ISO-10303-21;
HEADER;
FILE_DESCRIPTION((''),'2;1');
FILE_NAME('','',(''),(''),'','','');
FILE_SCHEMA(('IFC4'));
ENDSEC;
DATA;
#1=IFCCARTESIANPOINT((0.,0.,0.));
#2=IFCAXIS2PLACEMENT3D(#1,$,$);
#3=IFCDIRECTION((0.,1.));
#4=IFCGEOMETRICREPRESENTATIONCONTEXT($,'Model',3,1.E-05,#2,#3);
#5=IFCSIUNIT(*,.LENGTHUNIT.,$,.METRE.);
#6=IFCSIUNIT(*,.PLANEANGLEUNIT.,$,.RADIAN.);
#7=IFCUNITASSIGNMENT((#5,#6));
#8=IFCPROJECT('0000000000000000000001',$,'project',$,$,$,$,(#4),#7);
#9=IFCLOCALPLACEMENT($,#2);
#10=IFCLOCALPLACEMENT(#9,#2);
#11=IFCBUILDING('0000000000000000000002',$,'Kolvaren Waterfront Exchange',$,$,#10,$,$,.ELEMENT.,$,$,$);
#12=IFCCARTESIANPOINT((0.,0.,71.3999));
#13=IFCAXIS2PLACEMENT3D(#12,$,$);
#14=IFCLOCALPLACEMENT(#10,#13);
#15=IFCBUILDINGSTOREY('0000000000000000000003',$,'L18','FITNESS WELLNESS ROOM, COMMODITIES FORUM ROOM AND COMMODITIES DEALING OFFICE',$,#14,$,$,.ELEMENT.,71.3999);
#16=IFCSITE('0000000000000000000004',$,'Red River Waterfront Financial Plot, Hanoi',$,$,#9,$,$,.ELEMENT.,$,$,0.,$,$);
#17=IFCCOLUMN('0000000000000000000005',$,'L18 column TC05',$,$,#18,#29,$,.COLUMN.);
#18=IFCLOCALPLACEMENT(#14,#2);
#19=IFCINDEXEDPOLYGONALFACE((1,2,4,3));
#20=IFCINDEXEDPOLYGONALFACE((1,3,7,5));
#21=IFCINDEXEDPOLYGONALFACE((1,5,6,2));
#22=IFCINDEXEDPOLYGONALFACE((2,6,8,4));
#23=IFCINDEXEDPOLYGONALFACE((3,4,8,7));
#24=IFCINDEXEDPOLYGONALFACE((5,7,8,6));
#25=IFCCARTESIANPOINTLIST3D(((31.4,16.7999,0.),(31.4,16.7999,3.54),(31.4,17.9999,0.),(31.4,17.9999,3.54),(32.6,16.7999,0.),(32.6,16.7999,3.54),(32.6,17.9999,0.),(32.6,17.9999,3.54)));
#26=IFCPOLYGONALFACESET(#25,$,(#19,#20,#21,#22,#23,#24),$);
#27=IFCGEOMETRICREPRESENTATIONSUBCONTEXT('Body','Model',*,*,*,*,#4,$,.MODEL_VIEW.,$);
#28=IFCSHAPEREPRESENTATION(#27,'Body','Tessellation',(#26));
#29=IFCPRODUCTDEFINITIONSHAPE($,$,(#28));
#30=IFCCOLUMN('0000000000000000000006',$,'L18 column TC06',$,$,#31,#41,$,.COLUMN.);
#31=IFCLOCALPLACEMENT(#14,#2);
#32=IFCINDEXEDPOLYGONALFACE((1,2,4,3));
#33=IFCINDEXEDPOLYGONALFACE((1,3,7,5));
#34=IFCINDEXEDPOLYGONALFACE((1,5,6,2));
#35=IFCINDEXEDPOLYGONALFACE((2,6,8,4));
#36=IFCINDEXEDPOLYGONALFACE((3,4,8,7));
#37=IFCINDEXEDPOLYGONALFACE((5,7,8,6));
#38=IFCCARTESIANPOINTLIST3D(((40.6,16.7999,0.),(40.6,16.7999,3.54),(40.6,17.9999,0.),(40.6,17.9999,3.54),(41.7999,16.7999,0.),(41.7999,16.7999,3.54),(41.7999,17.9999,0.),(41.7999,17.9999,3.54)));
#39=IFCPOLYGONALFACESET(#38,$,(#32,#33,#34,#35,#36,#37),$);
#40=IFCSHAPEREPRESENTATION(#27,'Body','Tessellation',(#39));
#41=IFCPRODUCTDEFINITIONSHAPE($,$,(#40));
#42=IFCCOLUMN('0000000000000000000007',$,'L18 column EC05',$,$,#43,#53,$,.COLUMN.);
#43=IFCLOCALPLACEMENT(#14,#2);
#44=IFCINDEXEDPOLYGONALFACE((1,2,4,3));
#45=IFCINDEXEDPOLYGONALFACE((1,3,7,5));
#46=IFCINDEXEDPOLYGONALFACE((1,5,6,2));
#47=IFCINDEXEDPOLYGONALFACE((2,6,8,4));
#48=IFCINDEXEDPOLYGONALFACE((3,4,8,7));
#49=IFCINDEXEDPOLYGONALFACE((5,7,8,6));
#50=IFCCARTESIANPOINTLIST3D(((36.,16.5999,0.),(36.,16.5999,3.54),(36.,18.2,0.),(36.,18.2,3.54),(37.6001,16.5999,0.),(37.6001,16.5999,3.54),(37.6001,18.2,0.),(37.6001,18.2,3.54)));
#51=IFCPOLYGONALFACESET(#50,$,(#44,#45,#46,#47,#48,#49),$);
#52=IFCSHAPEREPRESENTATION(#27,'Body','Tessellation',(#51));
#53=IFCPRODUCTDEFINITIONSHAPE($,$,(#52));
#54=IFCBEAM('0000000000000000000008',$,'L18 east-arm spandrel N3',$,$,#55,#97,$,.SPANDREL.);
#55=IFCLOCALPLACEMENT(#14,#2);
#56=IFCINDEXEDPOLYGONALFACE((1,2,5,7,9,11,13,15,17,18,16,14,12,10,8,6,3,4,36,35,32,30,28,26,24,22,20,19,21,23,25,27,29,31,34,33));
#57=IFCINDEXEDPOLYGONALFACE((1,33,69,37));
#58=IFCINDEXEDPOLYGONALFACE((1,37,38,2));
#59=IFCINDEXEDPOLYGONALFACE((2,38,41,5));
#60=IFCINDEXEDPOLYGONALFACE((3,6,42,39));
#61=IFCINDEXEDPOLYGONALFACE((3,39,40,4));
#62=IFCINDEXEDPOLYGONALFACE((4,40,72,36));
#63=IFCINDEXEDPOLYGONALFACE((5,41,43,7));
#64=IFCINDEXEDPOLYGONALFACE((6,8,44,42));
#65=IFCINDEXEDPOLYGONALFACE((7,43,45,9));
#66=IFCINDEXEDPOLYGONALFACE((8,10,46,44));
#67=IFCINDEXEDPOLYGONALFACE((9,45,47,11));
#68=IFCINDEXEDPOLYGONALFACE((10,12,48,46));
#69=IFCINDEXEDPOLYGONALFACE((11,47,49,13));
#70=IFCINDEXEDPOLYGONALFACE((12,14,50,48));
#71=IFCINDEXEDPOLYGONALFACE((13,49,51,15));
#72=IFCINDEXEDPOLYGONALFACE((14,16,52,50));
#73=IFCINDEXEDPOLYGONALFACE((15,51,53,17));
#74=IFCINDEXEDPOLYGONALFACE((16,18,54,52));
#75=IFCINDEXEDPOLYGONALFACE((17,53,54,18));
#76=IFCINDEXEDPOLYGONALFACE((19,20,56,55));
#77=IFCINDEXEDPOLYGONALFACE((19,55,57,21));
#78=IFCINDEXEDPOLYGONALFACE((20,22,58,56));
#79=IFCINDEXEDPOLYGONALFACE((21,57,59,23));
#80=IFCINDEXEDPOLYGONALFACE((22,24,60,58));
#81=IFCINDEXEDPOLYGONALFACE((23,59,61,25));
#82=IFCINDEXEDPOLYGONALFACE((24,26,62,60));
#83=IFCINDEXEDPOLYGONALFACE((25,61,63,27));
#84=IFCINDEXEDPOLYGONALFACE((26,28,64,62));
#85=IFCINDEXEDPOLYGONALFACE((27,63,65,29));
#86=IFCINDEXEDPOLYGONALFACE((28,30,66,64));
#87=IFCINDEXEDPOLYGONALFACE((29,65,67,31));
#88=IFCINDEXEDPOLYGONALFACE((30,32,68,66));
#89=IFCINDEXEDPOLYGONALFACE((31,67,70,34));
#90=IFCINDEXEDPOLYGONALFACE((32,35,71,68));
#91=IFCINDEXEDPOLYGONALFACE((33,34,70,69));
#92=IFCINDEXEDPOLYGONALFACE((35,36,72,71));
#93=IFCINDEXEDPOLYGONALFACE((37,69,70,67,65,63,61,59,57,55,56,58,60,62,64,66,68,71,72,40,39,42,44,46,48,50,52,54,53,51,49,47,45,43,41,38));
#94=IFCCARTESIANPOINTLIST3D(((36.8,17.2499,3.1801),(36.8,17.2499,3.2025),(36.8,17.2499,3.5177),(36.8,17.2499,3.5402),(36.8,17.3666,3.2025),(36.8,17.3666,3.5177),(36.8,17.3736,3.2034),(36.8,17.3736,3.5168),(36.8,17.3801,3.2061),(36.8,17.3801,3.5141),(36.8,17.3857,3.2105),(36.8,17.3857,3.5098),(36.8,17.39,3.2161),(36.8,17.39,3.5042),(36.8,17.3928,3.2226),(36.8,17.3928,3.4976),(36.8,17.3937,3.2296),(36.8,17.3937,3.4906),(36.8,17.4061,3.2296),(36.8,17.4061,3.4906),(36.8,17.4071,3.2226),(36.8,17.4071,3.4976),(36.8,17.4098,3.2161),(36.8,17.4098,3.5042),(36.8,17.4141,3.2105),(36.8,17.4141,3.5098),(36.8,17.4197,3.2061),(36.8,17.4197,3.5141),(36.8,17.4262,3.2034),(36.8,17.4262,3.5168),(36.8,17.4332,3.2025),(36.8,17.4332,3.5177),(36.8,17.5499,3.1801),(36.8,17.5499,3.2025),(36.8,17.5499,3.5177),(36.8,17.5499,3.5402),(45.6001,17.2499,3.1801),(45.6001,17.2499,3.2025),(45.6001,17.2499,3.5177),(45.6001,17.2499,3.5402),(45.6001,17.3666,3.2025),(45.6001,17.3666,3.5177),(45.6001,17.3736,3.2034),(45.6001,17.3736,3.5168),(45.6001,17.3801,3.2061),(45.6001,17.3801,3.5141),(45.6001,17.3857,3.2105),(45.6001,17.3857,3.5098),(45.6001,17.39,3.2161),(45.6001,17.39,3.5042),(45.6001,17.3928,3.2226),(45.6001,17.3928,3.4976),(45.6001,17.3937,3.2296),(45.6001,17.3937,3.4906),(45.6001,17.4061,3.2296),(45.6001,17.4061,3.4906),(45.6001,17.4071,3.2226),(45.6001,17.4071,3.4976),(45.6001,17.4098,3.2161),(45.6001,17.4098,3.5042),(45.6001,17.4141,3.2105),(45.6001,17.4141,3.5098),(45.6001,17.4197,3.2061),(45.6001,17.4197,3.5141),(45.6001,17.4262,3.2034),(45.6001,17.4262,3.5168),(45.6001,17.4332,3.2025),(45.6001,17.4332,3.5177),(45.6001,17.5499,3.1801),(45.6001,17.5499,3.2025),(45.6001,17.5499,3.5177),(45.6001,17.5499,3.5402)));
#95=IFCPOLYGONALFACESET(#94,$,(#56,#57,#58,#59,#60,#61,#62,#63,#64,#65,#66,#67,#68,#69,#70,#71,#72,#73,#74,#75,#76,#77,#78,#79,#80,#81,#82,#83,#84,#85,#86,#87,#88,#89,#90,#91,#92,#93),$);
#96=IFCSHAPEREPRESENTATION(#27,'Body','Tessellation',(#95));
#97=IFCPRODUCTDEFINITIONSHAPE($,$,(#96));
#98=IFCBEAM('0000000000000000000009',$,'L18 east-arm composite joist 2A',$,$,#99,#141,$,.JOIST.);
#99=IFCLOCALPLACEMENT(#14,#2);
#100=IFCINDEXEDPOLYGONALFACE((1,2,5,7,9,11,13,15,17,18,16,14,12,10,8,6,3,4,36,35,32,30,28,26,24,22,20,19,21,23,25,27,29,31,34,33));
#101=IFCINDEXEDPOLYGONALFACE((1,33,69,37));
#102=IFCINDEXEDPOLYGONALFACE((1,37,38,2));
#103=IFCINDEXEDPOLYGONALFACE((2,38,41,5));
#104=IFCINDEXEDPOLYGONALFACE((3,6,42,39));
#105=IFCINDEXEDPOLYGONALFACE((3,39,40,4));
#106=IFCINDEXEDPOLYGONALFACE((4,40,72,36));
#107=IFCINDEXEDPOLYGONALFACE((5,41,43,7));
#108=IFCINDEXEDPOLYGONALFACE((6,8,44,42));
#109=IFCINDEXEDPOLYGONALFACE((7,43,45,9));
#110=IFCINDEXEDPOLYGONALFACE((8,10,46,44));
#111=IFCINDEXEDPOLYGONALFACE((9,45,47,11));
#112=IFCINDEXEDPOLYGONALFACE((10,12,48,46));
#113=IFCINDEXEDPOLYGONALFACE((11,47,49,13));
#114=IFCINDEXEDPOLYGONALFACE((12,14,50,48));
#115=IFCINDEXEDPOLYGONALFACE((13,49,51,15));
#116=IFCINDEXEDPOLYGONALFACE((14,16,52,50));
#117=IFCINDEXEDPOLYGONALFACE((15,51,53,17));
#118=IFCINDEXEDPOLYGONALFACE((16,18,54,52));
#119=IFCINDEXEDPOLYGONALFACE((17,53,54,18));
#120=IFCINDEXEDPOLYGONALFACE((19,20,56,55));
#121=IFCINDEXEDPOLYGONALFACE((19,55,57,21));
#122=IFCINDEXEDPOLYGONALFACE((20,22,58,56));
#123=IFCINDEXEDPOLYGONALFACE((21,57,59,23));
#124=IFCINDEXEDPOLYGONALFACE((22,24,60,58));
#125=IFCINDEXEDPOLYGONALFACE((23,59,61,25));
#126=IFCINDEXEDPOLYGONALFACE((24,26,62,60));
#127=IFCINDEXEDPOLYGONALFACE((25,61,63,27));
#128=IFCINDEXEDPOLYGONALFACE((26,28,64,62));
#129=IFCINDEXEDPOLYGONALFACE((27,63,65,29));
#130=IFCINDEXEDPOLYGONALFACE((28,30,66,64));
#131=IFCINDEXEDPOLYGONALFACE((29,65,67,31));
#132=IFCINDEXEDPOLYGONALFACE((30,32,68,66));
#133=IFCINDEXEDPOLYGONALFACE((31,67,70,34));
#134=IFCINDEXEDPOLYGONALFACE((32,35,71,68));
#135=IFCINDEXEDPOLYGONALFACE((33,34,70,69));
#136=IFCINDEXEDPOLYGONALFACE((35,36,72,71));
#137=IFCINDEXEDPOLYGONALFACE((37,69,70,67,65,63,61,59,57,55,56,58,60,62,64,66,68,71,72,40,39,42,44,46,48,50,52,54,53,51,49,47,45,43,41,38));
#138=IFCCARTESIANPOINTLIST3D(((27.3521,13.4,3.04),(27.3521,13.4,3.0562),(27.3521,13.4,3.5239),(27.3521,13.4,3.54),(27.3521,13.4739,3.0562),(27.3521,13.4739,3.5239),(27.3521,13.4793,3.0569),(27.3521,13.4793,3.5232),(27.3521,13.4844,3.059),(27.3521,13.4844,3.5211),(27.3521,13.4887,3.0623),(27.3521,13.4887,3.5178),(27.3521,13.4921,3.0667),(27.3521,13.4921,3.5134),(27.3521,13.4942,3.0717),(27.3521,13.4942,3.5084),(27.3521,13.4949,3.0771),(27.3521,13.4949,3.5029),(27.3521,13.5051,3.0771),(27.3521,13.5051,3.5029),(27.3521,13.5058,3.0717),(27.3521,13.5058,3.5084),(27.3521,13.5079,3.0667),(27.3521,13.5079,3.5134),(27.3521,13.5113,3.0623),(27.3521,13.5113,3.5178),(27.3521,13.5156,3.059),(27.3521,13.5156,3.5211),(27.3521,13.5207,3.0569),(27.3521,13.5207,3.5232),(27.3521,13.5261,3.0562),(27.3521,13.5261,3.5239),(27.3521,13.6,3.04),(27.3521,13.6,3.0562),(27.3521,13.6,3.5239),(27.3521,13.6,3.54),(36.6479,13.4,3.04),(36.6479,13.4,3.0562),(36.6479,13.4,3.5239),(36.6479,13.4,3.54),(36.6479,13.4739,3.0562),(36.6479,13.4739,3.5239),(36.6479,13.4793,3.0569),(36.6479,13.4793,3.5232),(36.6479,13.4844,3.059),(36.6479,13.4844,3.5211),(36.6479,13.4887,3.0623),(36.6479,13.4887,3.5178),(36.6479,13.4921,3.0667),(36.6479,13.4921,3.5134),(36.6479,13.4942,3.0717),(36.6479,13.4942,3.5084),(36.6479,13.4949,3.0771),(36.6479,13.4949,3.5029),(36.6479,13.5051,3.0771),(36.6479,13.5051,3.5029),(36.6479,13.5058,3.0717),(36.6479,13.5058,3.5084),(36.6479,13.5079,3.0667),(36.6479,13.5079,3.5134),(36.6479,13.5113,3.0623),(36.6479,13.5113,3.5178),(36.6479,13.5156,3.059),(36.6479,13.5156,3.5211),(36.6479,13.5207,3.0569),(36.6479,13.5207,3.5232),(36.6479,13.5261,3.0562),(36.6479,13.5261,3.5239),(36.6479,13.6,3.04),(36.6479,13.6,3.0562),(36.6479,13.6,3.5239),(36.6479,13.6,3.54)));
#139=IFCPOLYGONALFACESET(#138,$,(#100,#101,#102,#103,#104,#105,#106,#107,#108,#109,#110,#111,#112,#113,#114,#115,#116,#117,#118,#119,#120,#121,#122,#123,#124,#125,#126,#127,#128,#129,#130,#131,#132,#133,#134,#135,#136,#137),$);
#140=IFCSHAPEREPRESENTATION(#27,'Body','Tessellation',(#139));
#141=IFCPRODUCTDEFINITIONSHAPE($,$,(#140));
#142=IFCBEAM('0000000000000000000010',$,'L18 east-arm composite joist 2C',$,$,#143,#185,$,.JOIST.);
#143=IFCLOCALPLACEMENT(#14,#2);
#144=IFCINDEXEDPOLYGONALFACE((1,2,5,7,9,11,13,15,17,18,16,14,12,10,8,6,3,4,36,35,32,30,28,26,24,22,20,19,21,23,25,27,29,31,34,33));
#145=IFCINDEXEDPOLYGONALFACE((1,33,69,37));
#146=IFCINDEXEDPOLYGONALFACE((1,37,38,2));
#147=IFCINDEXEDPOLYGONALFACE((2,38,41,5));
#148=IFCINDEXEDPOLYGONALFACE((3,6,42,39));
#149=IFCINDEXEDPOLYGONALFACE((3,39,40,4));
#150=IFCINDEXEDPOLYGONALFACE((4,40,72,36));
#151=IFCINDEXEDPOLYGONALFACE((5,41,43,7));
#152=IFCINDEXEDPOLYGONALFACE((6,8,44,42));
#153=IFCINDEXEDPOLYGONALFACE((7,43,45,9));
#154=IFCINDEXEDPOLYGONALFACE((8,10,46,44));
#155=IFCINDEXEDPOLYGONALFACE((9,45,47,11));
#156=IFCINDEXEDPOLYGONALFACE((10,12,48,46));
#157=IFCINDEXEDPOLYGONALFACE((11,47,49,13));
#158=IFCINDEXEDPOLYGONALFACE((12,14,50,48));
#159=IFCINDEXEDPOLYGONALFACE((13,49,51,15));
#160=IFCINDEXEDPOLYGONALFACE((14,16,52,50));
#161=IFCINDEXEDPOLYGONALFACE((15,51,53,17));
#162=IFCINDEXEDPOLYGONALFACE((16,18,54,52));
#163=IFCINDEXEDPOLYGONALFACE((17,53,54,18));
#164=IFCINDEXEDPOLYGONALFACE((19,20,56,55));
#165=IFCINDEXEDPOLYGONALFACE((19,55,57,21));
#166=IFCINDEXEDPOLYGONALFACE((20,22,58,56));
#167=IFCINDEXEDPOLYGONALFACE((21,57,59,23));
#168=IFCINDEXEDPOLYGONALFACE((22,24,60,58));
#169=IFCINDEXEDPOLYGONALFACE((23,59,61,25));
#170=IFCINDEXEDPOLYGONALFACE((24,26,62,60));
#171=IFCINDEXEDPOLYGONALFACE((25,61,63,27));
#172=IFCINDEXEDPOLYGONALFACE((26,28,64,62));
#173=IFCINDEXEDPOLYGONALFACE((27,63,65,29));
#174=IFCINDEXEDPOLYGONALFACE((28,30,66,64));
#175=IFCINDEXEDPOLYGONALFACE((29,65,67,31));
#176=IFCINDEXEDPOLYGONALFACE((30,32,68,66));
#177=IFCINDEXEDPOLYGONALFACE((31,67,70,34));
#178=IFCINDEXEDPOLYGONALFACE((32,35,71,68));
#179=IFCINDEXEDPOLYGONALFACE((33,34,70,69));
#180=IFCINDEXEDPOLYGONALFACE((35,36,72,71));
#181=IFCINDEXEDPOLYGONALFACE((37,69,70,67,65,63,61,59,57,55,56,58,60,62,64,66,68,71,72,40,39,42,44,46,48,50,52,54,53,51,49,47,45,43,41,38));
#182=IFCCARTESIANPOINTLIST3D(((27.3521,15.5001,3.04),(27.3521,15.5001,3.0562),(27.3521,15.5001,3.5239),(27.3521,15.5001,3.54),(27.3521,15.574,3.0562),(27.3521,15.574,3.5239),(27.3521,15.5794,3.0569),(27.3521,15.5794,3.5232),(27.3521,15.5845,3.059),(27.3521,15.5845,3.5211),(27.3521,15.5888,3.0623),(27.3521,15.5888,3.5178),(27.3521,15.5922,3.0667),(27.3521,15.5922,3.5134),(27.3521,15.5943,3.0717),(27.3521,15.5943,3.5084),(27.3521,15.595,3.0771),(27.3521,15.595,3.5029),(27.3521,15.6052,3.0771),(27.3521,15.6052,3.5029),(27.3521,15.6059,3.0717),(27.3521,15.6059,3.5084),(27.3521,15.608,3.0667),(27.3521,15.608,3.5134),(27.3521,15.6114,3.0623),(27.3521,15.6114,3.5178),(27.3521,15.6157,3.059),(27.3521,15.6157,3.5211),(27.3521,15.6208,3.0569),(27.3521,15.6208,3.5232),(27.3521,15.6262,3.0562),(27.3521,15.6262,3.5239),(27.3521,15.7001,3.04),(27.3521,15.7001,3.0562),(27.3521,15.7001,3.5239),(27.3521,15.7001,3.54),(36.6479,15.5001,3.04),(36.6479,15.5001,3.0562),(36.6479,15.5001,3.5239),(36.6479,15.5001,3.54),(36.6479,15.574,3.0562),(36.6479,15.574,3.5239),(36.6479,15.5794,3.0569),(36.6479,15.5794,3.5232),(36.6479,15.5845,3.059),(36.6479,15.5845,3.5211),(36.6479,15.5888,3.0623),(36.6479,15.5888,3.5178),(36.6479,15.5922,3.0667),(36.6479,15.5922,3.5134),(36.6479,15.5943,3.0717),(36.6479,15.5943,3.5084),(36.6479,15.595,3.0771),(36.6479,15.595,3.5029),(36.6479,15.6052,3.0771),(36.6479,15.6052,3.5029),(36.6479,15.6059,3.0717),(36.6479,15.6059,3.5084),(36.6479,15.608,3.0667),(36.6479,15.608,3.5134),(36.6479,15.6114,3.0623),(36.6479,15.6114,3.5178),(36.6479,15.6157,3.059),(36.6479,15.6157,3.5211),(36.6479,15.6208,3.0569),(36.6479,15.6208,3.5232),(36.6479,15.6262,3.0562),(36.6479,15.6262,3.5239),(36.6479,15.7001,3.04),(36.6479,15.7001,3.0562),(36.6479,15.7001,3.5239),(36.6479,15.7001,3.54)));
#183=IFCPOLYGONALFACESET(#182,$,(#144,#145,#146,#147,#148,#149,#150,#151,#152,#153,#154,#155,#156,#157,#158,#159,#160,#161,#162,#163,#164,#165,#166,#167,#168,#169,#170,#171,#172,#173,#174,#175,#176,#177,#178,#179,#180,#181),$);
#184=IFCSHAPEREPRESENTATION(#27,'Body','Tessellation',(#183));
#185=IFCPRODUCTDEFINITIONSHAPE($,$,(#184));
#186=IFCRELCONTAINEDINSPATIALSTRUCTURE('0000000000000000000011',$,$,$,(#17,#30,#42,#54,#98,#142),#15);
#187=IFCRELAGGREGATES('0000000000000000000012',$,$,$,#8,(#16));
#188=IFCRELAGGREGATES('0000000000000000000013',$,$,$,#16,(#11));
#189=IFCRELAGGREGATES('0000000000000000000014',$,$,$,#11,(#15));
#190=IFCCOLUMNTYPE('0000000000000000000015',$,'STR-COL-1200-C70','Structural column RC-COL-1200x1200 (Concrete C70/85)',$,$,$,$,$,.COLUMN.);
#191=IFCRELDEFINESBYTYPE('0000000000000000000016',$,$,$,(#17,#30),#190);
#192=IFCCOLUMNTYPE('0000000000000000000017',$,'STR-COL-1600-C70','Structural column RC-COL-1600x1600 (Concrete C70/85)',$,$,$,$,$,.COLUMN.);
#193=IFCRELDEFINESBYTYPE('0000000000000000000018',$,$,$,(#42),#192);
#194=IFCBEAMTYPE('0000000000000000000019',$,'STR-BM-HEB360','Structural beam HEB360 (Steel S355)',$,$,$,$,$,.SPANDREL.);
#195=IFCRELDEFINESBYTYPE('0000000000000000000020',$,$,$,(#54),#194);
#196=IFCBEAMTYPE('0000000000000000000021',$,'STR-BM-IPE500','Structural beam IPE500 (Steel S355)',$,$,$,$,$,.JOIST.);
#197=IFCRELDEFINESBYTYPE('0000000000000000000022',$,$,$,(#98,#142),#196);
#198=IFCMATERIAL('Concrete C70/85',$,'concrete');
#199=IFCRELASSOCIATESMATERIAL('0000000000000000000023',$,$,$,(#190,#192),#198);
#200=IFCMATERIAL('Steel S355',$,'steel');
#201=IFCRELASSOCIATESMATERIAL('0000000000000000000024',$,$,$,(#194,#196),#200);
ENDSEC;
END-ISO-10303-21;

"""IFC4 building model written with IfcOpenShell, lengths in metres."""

from ifc_helpers import new_model, si_unit, direction, frame, origin, origin_2d, place, context, subcontext, project, spatial, rectangle, i_section, extrude, material, material_profile, profile_set, type_object, element, save


model = new_model("IFC4")

# Units and contexts
model_context = context("Model", 3, precision=1e-05, world=origin(), true_north=direction((0.0, 1.0)))
body_context = subcontext(model_context, "Body", "Model", "MODEL_VIEW")
ifc_project = project(units=[si_unit("LENGTHUNIT", "METRE"), si_unit("PLANEANGLEUNIT", "RADIAN")], contexts=[model_context])

# Site, building, storey
site_placement = place(None, origin())
site = spatial("IfcSite", under=ifc_project, at=site_placement, Name="Red River Waterfront Financial Plot, Hanoi", CompositionType="ELEMENT", RefElevation=0.0)
building_placement = place(site_placement, origin())
building = spatial("IfcBuilding", under=site, at=building_placement, Name="Kolvaren Waterfront Exchange", CompositionType="ELEMENT")
storey_placement = place(building_placement, frame((0.0, 0.0, 71.3999)))
storey = spatial("IfcBuildingStorey", under=building, at=storey_placement, Name="L18", Description="FITNESS WELLNESS ROOM, COMMODITIES FORUM ROOM AND COMMODITIES DEALING OFFICE", CompositionType="ELEMENT", Elevation=71.3999)

# Columns
ifc_material_1 = material(Name="Concrete C70/85", Category="concrete")
ifc_material_profile_1 = material_profile(ifc_material_1, rectangle(XDim=1.2, YDim=1.2, at=origin_2d()), Name="RC-COL-1200x1200")
ifc_profile_set_1 = profile_set([ifc_material_profile_1], Name="Concrete C70/85")
column_type_1 = type_object("IfcColumnType", Name="STR-COL-1200-C70", Description="Structural column RC-COL-1200x1200 (Concrete C70/85)", PredefinedType="COLUMN", material=ifc_profile_set_1)
for number, where, z_axis, x_axis, name in (
    (1, (32.0, 17.3999, 0.0), (0.0, 0.0, 1.0), (1.0, 0.0, 0.0), "L18 column TC05"),
    (2, (41.2, 17.3999, 0.0), (0.0, 0.0, 1.0), (1.0, 0.0, 0.0), "L18 column TC06"),
):
    element("IfcColumn", number, at=place(storey_placement, frame(where, z_axis=z_axis, x_axis=x_axis)), inside=storey, type_object=column_type_1, Name=name, PredefinedType="COLUMN", context=body_context, shape_type="SweptSolid", body=[
        extrude(rectangle(XDim=1.2, YDim=1.2, at=origin_2d()), origin(), (0.0, 0.0, 1.0), 3.54),
    ])
ifc_material_profile_2 = material_profile(ifc_material_1, rectangle(XDim=1.6001, YDim=1.6001, at=origin_2d()), Name="RC-COL-1600x1600")
ifc_profile_set_2 = profile_set([ifc_material_profile_2], Name="Concrete C70/85")
column_type_2 = type_object("IfcColumnType", Name="STR-COL-1600-C70", Description="Structural column RC-COL-1600x1600 (Concrete C70/85)", PredefinedType="COLUMN", material=ifc_profile_set_2)
column_placement = place(storey_placement, frame((36.8, 17.3999, 0.0), z_axis=(0.0, 0.0, 1.0), x_axis=(1.0, 0.0, 0.0)))
element("IfcColumn", 3, at=column_placement, inside=storey, type_object=column_type_2, Name="L18 column EC05", PredefinedType="COLUMN", context=body_context, shape_type="SweptSolid", body=[
    extrude(rectangle(XDim=1.6001, YDim=1.6001, at=origin_2d()), origin(), (0.0, 0.0, 1.0), 3.54),
])

# Beams
ifc_material_2 = material(Name="Steel S355", Category="steel")
ifc_material_profile_3 = material_profile(ifc_material_2, i_section(OverallWidth=0.3, OverallDepth=0.3601, WebThickness=0.0125, FlangeThickness=0.0225, FilletRadius=0.0271, at=origin_2d()), Name="HEB360")
ifc_profile_set_3 = profile_set([ifc_material_profile_3], Name="Steel S355")
beam_type_1 = type_object("IfcBeamType", Name="STR-BM-HEB360", Description="Structural beam HEB360 (Steel S355)", PredefinedType="SPANDREL", material=ifc_profile_set_3)
beam_placement = place(storey_placement, frame((36.8, 17.3999, 3.3601), z_axis=(1.0, 0.0, 0.0), x_axis=(0.0, 1.0, 0.0)))
element("IfcBeam", 4, at=beam_placement, inside=storey, type_object=beam_type_1, Name="L18 east-arm spandrel N3", PredefinedType="SPANDREL", context=body_context, shape_type="SweptSolid", body=[
    extrude(i_section(OverallWidth=0.3, OverallDepth=0.3601, WebThickness=0.0125, FlangeThickness=0.0225, FilletRadius=0.0271, at=origin_2d()), origin(), (0.0, 0.0, 1.0), 8.8),
])
ifc_material_profile_4 = material_profile(ifc_material_2, i_section(OverallWidth=0.2, OverallDepth=0.5, WebThickness=0.0103, FlangeThickness=0.0161, FilletRadius=0.021, at=origin_2d()), Name="IPE500")
ifc_profile_set_4 = profile_set([ifc_material_profile_4], Name="Steel S355")
beam_type_2 = type_object("IfcBeamType", Name="STR-BM-IPE500", Description="Structural beam IPE500 (Steel S355)", PredefinedType="JOIST", material=ifc_profile_set_4)
for number, where, z_axis, x_axis, name in (
    (5, (27.3521, 13.5, 3.29), (1.0, 0.0, 0.0), (0.0, 1.0, 0.0), "L18 east-arm composite joist 2A"),
    (6, (27.3521, 15.6001, 3.29), (1.0, 0.0, 0.0), (0.0, 1.0, 0.0), "L18 east-arm composite joist 2C"),
):
    element("IfcBeam", number, at=place(storey_placement, frame(where, z_axis=z_axis, x_axis=x_axis)), inside=storey, type_object=beam_type_2, Name=name, PredefinedType="JOIST", context=body_context, shape_type="SweptSolid", body=[
        extrude(i_section(OverallWidth=0.2, OverallDepth=0.5, WebThickness=0.0103, FlangeThickness=0.0161, FilletRadius=0.021, at=origin_2d()), origin(), (0.0, 0.0, 1.0), 9.2959),
    ])

save(model, "model.ifc")
